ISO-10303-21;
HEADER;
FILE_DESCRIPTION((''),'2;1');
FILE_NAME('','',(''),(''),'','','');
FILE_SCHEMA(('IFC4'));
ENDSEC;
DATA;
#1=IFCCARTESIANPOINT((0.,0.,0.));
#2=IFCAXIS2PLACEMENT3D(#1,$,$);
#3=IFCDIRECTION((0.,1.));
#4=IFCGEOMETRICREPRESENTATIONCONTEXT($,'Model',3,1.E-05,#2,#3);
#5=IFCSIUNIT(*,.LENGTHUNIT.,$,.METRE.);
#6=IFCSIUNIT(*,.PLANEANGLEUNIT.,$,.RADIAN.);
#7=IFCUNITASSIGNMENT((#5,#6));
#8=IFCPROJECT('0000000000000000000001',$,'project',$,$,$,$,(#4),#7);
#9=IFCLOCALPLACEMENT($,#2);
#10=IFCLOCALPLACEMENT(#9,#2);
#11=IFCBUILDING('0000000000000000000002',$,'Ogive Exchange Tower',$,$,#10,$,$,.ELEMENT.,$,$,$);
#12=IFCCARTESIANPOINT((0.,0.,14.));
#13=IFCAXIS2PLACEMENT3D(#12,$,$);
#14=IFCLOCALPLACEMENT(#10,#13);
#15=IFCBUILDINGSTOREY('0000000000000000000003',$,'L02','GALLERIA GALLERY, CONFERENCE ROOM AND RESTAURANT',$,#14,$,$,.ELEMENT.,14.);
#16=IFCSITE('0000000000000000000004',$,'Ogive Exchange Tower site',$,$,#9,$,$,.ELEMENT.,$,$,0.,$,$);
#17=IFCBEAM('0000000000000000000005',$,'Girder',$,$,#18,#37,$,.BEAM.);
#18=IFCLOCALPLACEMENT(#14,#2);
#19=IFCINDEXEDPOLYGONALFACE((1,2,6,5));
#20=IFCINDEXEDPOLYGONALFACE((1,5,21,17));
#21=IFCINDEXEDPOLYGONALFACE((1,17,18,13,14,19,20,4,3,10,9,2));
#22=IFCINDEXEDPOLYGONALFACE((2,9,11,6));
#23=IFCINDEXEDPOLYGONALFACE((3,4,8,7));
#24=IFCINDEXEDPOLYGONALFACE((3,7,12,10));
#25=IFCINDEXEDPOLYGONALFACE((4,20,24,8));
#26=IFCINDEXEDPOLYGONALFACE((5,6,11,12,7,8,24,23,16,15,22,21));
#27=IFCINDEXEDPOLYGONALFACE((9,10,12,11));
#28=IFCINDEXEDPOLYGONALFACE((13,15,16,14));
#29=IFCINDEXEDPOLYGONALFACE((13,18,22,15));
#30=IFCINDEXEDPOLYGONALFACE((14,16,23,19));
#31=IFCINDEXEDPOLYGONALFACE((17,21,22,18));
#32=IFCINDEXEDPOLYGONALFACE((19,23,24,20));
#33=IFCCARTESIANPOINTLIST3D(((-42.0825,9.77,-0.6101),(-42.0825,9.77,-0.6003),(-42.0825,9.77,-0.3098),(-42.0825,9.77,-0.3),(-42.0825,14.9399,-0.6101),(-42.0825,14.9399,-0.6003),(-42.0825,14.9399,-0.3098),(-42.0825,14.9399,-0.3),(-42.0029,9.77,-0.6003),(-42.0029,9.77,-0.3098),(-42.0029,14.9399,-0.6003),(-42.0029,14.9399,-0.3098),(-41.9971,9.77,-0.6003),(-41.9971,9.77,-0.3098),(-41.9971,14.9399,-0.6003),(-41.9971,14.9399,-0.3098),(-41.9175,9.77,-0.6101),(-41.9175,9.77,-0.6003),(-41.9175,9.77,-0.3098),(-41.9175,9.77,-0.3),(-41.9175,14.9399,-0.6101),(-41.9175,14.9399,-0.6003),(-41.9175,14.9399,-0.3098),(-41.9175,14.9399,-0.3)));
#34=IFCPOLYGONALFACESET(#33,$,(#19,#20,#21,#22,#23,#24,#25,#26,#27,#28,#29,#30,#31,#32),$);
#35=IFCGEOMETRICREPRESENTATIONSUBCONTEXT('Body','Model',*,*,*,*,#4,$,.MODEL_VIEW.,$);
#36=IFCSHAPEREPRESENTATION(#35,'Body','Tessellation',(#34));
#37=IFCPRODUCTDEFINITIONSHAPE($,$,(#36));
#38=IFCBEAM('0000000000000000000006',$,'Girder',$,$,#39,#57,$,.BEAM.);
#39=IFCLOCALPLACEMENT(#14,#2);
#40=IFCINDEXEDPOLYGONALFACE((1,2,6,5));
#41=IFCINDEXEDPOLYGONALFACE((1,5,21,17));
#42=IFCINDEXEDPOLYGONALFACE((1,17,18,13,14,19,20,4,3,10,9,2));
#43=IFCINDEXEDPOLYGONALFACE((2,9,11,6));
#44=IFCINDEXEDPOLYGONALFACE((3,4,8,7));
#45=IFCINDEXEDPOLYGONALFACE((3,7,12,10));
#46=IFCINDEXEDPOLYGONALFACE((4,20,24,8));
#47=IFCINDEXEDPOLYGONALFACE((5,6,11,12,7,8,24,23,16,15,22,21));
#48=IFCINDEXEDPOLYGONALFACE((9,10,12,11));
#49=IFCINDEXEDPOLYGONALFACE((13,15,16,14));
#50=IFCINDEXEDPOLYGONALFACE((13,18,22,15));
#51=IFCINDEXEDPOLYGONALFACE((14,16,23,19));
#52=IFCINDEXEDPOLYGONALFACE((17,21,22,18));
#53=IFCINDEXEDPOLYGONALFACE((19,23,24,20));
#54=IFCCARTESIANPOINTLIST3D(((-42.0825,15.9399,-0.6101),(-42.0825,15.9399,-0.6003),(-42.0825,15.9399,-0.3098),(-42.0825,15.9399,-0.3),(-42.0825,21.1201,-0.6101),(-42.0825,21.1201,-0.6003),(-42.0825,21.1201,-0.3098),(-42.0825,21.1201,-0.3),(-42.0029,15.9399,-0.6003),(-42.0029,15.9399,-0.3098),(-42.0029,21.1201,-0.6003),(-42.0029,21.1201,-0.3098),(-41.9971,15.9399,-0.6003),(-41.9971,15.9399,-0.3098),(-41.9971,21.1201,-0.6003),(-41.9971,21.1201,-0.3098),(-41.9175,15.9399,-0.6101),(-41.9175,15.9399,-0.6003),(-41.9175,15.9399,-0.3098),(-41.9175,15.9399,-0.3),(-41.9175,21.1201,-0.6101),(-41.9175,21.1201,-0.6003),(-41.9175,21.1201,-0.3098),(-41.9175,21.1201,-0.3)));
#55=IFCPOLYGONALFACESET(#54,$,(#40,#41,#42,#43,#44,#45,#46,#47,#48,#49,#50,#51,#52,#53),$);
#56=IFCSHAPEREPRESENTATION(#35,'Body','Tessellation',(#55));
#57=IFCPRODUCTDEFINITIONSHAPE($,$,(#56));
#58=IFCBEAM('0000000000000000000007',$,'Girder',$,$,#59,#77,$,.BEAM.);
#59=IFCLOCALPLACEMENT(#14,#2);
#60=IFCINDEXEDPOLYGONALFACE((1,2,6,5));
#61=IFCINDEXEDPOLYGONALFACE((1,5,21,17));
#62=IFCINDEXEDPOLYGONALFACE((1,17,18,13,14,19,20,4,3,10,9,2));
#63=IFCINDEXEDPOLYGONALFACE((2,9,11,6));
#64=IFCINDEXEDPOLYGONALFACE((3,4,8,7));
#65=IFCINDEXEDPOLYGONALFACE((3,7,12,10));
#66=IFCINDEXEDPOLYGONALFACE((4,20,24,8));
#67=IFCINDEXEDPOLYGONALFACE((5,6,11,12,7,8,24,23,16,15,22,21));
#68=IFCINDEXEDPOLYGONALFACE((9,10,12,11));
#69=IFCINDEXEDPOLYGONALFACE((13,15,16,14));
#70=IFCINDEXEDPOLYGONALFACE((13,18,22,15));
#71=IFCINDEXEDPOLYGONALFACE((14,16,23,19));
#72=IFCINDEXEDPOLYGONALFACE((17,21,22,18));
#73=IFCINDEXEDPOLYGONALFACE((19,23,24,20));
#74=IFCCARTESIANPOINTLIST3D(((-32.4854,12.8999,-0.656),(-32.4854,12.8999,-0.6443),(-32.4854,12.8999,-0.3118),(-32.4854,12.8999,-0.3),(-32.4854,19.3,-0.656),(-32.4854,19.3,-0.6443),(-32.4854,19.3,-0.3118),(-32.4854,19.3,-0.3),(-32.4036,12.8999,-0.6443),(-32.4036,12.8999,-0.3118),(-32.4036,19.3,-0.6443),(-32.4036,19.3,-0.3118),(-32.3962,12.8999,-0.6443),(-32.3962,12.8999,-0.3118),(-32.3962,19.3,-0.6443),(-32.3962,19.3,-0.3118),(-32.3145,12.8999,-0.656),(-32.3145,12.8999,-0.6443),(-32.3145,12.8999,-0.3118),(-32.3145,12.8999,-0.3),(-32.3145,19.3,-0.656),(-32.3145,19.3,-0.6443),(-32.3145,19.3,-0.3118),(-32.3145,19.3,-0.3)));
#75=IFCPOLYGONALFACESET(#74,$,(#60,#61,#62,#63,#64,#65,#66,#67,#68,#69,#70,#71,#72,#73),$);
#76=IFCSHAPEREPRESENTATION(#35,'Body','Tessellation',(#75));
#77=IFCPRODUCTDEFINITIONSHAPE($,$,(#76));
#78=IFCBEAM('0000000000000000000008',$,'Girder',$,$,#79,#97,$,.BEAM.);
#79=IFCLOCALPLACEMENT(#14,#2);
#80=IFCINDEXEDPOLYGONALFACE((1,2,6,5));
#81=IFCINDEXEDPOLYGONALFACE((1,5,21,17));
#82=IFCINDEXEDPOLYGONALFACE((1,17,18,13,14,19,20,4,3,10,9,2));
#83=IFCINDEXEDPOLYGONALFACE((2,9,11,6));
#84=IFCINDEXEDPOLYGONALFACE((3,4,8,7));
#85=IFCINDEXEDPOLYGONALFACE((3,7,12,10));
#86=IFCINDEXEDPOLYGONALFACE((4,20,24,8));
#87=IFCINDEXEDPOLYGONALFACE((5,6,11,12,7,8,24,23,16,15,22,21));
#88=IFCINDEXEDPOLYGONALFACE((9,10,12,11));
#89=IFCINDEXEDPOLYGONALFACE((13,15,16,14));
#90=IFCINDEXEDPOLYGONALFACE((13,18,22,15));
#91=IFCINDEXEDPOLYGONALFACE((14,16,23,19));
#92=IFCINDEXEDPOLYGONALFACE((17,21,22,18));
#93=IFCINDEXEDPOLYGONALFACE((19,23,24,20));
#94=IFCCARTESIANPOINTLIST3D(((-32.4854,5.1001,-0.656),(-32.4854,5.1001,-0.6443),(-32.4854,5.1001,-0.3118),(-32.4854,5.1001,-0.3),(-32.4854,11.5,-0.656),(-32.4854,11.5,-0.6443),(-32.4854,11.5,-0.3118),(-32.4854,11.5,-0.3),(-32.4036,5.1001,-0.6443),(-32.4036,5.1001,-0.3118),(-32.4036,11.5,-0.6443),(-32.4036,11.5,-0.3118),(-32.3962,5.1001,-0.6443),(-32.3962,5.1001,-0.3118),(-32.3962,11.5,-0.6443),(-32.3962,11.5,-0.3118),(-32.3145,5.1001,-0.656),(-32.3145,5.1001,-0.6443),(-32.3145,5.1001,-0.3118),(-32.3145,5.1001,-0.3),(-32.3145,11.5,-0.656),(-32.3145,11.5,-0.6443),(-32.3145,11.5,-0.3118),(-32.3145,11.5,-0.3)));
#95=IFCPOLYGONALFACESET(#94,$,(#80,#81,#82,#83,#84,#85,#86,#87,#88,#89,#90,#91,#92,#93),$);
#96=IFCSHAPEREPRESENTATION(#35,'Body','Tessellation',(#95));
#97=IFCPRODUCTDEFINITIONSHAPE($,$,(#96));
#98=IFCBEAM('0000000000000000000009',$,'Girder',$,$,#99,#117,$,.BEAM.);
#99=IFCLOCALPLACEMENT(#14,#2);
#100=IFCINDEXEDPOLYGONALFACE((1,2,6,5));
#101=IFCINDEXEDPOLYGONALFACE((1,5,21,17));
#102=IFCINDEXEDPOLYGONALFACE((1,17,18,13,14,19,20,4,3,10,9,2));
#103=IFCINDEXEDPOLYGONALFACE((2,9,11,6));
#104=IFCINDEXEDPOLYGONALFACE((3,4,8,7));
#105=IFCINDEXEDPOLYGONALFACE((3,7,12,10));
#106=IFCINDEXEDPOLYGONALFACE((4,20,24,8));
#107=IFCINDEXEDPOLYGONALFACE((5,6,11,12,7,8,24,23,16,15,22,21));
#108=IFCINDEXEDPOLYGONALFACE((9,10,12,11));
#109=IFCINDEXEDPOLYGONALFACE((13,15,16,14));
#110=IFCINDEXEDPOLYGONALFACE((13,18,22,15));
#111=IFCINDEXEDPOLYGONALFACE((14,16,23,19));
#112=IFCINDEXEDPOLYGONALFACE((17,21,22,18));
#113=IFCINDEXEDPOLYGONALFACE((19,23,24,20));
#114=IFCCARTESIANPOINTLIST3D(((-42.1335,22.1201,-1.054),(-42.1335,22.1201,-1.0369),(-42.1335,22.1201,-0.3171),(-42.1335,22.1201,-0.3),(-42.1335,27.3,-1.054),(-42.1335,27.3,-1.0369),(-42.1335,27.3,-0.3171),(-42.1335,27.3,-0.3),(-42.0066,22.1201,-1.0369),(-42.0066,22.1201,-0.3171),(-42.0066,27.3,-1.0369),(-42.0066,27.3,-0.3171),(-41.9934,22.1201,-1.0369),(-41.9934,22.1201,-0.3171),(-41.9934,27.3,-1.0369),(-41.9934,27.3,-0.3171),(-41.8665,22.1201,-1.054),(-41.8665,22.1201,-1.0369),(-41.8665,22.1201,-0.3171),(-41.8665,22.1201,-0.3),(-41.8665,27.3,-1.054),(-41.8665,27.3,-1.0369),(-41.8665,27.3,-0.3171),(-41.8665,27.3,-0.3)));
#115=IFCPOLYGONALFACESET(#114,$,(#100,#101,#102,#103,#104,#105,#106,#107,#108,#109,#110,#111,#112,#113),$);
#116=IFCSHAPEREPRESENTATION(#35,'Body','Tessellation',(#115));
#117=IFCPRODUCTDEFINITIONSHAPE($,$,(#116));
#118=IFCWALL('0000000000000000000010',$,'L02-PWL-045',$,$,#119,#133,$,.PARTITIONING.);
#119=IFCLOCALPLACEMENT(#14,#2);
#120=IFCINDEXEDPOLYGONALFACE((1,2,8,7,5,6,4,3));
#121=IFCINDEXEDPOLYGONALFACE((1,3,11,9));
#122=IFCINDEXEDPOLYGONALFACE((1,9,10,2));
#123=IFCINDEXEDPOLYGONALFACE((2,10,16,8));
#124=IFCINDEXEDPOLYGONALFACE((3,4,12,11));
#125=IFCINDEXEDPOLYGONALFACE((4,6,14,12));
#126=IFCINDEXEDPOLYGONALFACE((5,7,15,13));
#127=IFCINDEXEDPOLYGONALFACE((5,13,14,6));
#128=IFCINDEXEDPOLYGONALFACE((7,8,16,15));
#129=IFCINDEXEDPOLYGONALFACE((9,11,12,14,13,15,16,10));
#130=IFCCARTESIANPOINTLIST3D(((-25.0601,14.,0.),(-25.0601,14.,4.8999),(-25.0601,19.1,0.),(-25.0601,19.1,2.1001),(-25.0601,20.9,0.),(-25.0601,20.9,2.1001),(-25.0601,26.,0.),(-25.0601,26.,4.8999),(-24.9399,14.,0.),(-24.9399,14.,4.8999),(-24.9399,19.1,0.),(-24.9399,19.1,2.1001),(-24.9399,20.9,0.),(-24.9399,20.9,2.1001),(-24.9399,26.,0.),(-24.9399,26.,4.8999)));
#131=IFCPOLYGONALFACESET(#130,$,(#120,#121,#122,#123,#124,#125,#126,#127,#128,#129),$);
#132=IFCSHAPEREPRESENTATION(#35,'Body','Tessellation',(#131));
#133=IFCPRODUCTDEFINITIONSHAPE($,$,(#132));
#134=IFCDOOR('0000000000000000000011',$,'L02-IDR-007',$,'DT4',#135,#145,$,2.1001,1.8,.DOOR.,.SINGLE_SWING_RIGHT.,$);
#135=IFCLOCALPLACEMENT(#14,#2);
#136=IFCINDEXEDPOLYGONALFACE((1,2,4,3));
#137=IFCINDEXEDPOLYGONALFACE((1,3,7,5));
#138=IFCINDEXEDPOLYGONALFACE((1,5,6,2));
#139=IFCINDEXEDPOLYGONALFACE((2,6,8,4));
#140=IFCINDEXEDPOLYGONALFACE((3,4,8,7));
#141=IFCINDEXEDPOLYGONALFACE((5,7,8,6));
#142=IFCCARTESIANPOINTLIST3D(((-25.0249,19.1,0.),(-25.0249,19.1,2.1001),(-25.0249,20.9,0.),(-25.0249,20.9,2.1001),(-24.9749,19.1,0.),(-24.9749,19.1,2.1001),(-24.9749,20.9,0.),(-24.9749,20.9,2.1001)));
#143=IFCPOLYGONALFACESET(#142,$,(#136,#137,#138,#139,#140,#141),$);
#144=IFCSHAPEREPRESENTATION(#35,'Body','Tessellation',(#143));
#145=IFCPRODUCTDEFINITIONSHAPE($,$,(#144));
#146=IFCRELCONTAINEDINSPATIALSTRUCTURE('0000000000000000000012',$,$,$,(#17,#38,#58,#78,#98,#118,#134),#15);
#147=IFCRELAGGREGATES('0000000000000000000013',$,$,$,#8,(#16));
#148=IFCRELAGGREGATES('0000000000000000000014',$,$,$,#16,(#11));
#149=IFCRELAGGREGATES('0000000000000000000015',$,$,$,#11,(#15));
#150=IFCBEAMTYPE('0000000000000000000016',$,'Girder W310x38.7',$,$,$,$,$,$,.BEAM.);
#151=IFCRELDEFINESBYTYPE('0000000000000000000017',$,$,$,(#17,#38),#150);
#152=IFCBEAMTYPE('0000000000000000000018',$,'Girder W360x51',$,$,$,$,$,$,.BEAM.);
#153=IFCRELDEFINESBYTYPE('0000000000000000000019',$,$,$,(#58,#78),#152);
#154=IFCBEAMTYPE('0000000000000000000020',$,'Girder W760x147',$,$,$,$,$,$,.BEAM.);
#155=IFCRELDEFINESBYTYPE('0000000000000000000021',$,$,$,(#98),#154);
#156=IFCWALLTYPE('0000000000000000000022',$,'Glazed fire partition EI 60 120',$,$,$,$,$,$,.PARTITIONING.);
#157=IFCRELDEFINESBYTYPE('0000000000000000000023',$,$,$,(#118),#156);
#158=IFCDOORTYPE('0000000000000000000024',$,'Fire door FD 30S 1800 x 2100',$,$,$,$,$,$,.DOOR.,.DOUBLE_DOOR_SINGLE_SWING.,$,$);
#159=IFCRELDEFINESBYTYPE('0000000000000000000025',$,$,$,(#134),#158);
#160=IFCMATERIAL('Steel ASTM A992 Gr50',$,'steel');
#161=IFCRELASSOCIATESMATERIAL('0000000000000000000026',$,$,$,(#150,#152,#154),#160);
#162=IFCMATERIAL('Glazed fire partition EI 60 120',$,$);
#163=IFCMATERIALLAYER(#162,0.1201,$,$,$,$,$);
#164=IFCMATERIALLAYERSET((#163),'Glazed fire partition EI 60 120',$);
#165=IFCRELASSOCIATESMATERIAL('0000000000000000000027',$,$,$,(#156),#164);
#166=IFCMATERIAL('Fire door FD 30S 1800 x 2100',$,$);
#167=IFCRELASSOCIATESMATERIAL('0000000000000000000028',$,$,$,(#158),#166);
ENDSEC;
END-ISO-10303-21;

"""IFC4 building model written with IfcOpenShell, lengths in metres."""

from ifc_helpers import new_model, si_unit, direction, frame, frame_2d, origin, origin_2d, place, context, subcontext, project, spatial, rectangle, i_section, extrude, material, layer, layer_set, material_profile, profile_set, type_object, element, fill, save


model = new_model("IFC4")

# Units and contexts
model_context = context("Model", 3, precision=1e-05, world=origin(), true_north=direction((0.0, 1.0)))
body_context = subcontext(model_context, "Body", "Model", "MODEL_VIEW")
ifc_project = project(units=[si_unit("LENGTHUNIT", "METRE"), si_unit("PLANEANGLEUNIT", "RADIAN")], contexts=[model_context])

# Site, building, storey
site_placement = place(None, origin())
site = spatial("IfcSite", under=ifc_project, at=site_placement, Name="Ogive Exchange Tower site", CompositionType="ELEMENT", RefElevation=0.0)
building_placement = place(site_placement, origin())
building = spatial("IfcBuilding", under=site, at=building_placement, Name="Ogive Exchange Tower", CompositionType="ELEMENT")
storey_placement = place(building_placement, frame((0.0, 0.0, 14.0)))
storey = spatial("IfcBuildingStorey", under=building, at=storey_placement, Name="L02", Description="GALLERIA GALLERY, CONFERENCE ROOM AND RESTAURANT", CompositionType="ELEMENT", Elevation=14.0)

# Beams
ifc_material_1 = material(Name="Steel ASTM A992 Gr50", Category="steel")
ifc_material_profile_1 = material_profile(ifc_material_1, i_section(OverallWidth=0.165, OverallDepth=0.3101, WebThickness=0.0059, FlangeThickness=0.0098, at=origin_2d()), Name="W310x38.7")
ifc_profile_set_1 = profile_set([ifc_material_profile_1], Name="Steel ASTM A992 Gr50")
beam_type_1 = type_object("IfcBeamType", Name="Girder W310x38.7", PredefinedType="BEAM", material=ifc_profile_set_1)
beam_1_placement = place(storey_placement, frame((-42.0, 9.77, -0.4551), z_axis=(0.0, 1.0, 0.0), x_axis=(-1.0, 0.0, 0.0)))
element("IfcBeam", 1, at=beam_1_placement, inside=storey, type_object=beam_type_1, Name="Girder", PredefinedType="BEAM", context=body_context, shape_type="SweptSolid", body=[
    extrude(i_section(OverallWidth=0.165, OverallDepth=0.3101, WebThickness=0.0059, FlangeThickness=0.0098, at=origin_2d()), origin(), (0.0, 0.0, 1.0), 5.1699),
])
beam_2_placement = place(storey_placement, frame((-42.0, 15.9399, -0.4551), z_axis=(0.0, 1.0, 0.0), x_axis=(-1.0, 0.0, 0.0)))
element("IfcBeam", 2, at=beam_2_placement, inside=storey, type_object=beam_type_1, Name="Girder", PredefinedType="BEAM", context=body_context, shape_type="SweptSolid", body=[
    extrude(i_section(OverallWidth=0.165, OverallDepth=0.3101, WebThickness=0.0059, FlangeThickness=0.0098, at=origin_2d()), origin(), (0.0, 0.0, 1.0), 5.1802),
])
ifc_material_profile_2 = material_profile(ifc_material_1, i_section(OverallWidth=0.1709, OverallDepth=0.356, WebThickness=0.0073, FlangeThickness=0.0117, at=origin_2d()), Name="W360x51")
ifc_profile_set_2 = profile_set([ifc_material_profile_2], Name="Steel ASTM A992 Gr50")
beam_type_2 = type_object("IfcBeamType", Name="Girder W360x51", PredefinedType="BEAM", material=ifc_profile_set_2)
beam_3_placement = place(storey_placement, frame((-32.3999, 19.3, -0.478), z_axis=(0.0, -1.0, 0.0), x_axis=(1.0, 0.0, 0.0)))
element("IfcBeam", 3, at=beam_3_placement, inside=storey, type_object=beam_type_2, Name="Girder", PredefinedType="BEAM", context=body_context, shape_type="SweptSolid", body=[
    extrude(i_section(OverallWidth=0.1709, OverallDepth=0.356, WebThickness=0.0073, FlangeThickness=0.0117, at=origin_2d()), origin(), (0.0, 0.0, 1.0), 6.4001),
])
beam_4_placement = place(storey_placement, frame((-32.3999, 11.5, -0.478), z_axis=(0.0, -1.0, 0.0), x_axis=(1.0, 0.0, 0.0)))
element("IfcBeam", 4, at=beam_4_placement, inside=storey, type_object=beam_type_2, Name="Girder", PredefinedType="BEAM", context=body_context, shape_type="SweptSolid", body=[
    extrude(i_section(OverallWidth=0.1709, OverallDepth=0.356, WebThickness=0.0073, FlangeThickness=0.0117, at=origin_2d()), origin(), (0.0, 0.0, 1.0), 6.3999),
])
ifc_material_profile_3 = material_profile(ifc_material_1, i_section(OverallWidth=0.2671, OverallDepth=0.7539, WebThickness=0.0132, FlangeThickness=0.0171, at=origin_2d()), Name="W760x147")
ifc_profile_set_3 = profile_set([ifc_material_profile_3], Name="Steel ASTM A992 Gr50")
beam_type_3 = type_object("IfcBeamType", Name="Girder W760x147", PredefinedType="BEAM", material=ifc_profile_set_3)
beam_5_placement = place(storey_placement, frame((-42.0, 22.1201, -0.677), z_axis=(0.0, 1.0, 0.0), x_axis=(-1.0, 0.0, 0.0)))
element("IfcBeam", 5, at=beam_5_placement, inside=storey, type_object=beam_type_3, Name="Girder", PredefinedType="BEAM", context=body_context, shape_type="SweptSolid", body=[
    extrude(i_section(OverallWidth=0.2671, OverallDepth=0.7539, WebThickness=0.0132, FlangeThickness=0.0171, at=origin_2d()), origin(), (0.0, 0.0, 1.0), 5.1799),
])

# Wall, opening, door
ifc_material_2 = material(Name="Glazed fire partition EI 60 120")
ifc_layer_1 = layer(ifc_material_2, 0.1201)
ifc_layer_set_1 = layer_set([ifc_layer_1], Name="Glazed fire partition EI 60 120")
wall_type_1 = type_object("IfcWallType", Name="Glazed fire partition EI 60 120", PredefinedType="PARTITIONING", material=ifc_layer_set_1)
wall_1_placement = place(storey_placement, frame((-25.0, 14.0, 0.0), z_axis=(0.0, 0.0, 1.0), x_axis=(0.0, 1.0, 0.0)))
wall_1 = element("IfcWall", 6, at=wall_1_placement, inside=storey, type_object=wall_type_1, Name="L02-PWL-045", PredefinedType="PARTITIONING", context=body_context, shape_type="SweptSolid", body=[
    extrude(rectangle(XDim=12.0, YDim=0.1201, at=frame_2d((6.0, 0.0))), origin(), (0.0, 0.0, 1.0), 4.8999),
])
opening_1_placement = place(wall_1_placement, frame((5.1001, 0.0, 0.0)))
opening_1 = element("IfcOpeningElement", 7, at=opening_1_placement, cuts=wall_1, PredefinedType="OPENING", context=body_context, shape_type="SweptSolid", body=[
    extrude(rectangle(XDim=1.8, YDim=2.1001, at=frame_2d((0.8999, 1.05))), frame((0.0, 0.0701, 0.0), z_axis=(0.0, -1.0, 0.0), x_axis=(1.0, 0.0, 0.0)), (0.0, 0.0, 1.0), 0.1401),
])
ifc_material_3 = material(Name="Fire door FD 30S 1800 x 2100")
door_type = type_object("IfcDoorType", Name="Fire door FD 30S 1800 x 2100", OperationType="DOUBLE_DOOR_SINGLE_SWING", PredefinedType="DOOR", material=ifc_material_3)
door_placement = place(opening_1_placement, origin())
door = element("IfcDoor", 8, at=door_placement, inside=storey, type_object=door_type, Name="L02-IDR-007", ObjectType="DT4", OperationType="SINGLE_SWING_RIGHT", OverallHeight=2.1001, OverallWidth=1.8, PredefinedType="DOOR", context=body_context, shape_type="SweptSolid", body=[
    extrude(rectangle(XDim=1.8, YDim=2.1001, at=frame_2d((0.8999, 1.05))), frame((0.0, 0.0249, 0.0), z_axis=(0.0, -1.0, 0.0), x_axis=(1.0, 0.0, 0.0)), (0.0, 0.0, 1.0), 0.05),
])
fill(opening_1, door)

save(model, "model.ifc")
